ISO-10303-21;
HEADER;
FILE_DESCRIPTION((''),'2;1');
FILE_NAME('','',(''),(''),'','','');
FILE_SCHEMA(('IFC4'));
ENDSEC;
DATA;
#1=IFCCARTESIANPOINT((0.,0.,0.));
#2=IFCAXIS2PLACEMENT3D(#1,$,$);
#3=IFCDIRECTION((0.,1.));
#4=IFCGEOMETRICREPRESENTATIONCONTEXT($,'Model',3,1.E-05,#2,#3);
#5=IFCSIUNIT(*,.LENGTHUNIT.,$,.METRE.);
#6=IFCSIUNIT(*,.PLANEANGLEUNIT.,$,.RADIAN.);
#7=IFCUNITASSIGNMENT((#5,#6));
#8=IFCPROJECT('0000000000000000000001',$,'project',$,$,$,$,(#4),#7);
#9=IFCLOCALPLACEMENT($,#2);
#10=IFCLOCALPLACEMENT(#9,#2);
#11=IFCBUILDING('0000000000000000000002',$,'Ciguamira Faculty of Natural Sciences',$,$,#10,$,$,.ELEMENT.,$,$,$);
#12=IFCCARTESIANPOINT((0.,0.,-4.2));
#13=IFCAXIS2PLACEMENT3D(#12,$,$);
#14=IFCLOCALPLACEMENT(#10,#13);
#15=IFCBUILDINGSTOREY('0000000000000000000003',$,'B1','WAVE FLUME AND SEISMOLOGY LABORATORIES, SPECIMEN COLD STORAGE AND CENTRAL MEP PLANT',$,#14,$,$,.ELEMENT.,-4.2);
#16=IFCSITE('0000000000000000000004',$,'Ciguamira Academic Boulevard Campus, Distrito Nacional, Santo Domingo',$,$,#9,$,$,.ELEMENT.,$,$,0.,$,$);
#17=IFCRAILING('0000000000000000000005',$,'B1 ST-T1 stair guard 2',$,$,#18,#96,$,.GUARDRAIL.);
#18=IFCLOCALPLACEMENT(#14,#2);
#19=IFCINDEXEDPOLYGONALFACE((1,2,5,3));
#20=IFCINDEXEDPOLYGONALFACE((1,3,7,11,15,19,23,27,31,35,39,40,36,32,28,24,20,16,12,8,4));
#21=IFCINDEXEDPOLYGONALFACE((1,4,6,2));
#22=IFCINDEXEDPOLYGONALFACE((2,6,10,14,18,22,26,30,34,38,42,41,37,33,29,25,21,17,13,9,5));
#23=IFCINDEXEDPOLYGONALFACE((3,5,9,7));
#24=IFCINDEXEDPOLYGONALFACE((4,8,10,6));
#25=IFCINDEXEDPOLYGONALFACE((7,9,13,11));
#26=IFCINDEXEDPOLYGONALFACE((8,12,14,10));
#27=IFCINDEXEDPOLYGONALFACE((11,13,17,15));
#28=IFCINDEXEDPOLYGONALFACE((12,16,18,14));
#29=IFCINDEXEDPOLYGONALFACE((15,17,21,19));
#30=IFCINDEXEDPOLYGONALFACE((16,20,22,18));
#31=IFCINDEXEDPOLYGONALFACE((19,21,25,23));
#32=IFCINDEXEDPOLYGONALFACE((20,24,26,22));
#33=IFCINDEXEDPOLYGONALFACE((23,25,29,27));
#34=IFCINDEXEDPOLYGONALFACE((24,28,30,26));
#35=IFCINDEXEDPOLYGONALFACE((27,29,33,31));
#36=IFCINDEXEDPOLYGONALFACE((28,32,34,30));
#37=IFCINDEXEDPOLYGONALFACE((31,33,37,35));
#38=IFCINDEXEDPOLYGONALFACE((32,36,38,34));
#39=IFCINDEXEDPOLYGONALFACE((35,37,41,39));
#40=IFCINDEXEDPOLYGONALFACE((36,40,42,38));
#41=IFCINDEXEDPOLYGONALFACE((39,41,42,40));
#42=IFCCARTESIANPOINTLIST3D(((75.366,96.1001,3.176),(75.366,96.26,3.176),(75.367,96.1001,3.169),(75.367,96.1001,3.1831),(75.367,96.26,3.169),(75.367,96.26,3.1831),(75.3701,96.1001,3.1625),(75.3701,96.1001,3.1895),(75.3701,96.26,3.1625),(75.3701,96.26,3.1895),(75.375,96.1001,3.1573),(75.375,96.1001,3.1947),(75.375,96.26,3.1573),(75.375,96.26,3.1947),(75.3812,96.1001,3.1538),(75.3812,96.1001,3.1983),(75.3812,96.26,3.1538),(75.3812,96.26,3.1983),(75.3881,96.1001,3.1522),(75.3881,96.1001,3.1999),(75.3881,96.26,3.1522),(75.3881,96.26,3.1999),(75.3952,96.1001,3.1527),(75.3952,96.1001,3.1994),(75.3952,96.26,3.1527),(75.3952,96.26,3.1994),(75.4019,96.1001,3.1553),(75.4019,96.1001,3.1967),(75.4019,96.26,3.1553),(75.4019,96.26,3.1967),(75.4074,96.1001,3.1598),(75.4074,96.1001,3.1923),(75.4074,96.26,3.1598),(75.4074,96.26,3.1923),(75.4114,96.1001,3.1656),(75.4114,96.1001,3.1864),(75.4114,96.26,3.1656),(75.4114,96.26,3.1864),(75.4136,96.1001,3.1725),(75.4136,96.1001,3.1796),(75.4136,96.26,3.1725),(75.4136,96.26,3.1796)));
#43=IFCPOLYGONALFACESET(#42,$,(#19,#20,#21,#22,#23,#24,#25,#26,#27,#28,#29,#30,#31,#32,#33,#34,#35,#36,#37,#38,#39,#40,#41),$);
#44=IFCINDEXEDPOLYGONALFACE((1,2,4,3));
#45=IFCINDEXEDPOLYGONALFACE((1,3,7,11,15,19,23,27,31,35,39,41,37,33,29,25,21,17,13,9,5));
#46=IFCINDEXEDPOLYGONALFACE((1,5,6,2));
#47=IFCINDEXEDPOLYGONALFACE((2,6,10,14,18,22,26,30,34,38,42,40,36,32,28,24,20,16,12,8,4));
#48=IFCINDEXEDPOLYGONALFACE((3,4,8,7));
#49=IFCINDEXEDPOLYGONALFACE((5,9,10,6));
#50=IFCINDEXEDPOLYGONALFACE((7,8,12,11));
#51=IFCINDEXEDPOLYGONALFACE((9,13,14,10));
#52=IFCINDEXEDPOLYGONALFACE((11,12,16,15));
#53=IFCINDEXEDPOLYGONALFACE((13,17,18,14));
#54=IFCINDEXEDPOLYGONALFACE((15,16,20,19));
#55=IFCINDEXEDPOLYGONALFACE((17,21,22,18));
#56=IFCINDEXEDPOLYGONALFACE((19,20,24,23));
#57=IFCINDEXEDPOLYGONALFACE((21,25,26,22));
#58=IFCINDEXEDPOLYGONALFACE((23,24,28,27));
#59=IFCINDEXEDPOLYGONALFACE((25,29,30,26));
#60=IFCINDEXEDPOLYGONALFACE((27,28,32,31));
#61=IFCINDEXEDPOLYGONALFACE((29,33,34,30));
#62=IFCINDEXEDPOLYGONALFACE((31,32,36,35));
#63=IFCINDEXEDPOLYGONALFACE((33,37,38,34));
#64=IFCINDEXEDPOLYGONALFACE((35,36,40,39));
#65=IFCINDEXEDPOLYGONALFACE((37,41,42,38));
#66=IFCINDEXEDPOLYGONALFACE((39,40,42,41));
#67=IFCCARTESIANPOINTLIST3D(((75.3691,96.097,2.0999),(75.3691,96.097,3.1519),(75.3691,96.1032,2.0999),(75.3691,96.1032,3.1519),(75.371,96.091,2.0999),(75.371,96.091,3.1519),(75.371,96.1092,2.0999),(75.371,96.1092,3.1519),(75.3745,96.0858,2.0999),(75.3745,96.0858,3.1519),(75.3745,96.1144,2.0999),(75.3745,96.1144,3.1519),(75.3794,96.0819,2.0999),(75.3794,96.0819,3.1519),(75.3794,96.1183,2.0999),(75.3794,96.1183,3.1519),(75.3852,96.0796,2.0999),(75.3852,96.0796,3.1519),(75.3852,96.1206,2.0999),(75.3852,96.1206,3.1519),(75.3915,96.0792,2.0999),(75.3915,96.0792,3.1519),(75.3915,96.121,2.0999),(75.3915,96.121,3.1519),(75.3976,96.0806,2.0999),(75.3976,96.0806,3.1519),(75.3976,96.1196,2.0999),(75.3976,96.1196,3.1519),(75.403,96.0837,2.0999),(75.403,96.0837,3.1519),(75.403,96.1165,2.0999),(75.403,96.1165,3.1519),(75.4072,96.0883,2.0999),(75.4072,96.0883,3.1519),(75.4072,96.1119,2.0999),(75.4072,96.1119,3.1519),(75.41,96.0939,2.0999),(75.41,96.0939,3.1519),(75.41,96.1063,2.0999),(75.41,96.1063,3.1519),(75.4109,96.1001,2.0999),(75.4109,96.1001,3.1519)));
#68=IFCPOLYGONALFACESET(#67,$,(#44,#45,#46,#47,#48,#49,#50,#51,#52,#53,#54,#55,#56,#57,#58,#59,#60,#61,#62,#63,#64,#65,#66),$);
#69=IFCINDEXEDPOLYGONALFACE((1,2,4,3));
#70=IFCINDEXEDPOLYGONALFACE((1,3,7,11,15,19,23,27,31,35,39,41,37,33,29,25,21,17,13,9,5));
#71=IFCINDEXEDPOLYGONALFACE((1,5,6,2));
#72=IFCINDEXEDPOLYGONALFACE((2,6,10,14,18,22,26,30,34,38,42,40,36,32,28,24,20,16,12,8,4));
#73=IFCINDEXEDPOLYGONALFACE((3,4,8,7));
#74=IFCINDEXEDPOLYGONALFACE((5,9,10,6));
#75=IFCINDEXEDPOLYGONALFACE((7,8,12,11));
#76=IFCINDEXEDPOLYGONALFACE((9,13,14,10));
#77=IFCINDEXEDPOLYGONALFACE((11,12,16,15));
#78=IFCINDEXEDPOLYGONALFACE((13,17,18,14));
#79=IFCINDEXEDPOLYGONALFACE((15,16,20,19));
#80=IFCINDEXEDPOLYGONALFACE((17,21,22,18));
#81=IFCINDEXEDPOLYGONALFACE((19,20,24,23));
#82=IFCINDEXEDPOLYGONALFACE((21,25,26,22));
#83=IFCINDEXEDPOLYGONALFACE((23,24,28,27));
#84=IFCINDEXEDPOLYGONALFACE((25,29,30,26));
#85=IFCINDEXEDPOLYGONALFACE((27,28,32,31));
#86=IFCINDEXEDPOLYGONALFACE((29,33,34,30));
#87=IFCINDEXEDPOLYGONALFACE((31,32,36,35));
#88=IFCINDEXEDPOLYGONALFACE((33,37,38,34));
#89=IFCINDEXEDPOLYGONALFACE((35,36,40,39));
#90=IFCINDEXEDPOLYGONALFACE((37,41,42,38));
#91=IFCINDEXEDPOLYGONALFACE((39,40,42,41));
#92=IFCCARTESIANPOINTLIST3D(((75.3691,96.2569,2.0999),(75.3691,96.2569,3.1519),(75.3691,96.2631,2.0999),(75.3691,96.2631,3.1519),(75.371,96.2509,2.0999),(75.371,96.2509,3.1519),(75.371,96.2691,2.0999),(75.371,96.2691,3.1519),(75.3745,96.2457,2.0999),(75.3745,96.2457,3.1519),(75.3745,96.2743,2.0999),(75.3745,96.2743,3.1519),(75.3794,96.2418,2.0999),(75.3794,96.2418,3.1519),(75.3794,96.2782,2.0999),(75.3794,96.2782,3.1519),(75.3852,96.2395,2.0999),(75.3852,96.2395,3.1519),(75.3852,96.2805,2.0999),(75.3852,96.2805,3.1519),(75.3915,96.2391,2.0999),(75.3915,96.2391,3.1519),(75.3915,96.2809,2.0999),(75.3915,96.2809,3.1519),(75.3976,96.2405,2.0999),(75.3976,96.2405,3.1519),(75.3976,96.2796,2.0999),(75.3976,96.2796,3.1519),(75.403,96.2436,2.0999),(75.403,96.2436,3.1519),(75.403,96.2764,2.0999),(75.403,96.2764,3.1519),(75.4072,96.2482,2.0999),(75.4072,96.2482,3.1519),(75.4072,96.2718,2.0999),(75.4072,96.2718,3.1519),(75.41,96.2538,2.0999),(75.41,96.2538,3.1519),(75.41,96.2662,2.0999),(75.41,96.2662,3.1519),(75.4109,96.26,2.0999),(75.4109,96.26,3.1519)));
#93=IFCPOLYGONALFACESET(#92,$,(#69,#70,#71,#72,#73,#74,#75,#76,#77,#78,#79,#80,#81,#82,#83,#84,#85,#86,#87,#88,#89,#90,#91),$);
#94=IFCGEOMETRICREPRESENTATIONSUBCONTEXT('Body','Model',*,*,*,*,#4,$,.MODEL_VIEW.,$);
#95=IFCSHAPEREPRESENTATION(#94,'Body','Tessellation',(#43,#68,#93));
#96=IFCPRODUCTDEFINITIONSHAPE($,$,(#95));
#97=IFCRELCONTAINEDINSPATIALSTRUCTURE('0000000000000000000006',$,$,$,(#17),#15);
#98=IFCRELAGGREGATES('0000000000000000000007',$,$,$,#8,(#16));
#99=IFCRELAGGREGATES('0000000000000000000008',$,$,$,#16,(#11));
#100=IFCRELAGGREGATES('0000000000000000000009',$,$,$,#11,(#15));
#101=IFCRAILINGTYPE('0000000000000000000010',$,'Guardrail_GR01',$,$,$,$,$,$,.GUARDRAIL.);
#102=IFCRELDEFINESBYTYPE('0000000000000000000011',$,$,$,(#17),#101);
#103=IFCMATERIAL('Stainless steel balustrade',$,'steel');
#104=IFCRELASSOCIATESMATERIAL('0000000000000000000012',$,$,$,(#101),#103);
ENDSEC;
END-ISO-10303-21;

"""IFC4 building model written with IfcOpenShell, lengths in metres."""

from ifc_helpers import new_model, si_unit, direction, frame, origin, origin_2d, place, context, subcontext, project, spatial, circle, extrude, material, type_object, element, save


model = new_model("IFC4")

# Units and contexts
model_context = context("Model", 3, precision=1e-05, world=origin(), true_north=direction((0.0, 1.0)))
body_context = subcontext(model_context, "Body", "Model", "MODEL_VIEW")
ifc_project = project(units=[si_unit("LENGTHUNIT", "METRE"), si_unit("PLANEANGLEUNIT", "RADIAN")], contexts=[model_context])

# Site, building, storey
site_placement = place(None, origin())
site = spatial("IfcSite", under=ifc_project, at=site_placement, Name="Ciguamira Academic Boulevard Campus, Distrito Nacional, Santo Domingo", CompositionType="ELEMENT", RefElevation=0.0)
building_placement = place(site_placement, origin())
building = spatial("IfcBuilding", under=site, at=building_placement, Name="Ciguamira Faculty of Natural Sciences", CompositionType="ELEMENT")
storey_placement = place(building_placement, frame((0.0, 0.0, -4.2)))
storey = spatial("IfcBuildingStorey", under=building, at=storey_placement, Name="B1", Description="WAVE FLUME AND SEISMOLOGY LABORATORIES, SPECIMEN COLD STORAGE AND CENTRAL MEP PLANT", CompositionType="ELEMENT", Elevation=-4.2)

# Railing
ifc_material_1 = material(Name="Stainless steel balustrade", Category="steel")
railing_type_1 = type_object("IfcRailingType", Name="Guardrail_GR01", PredefinedType="GUARDRAIL", material=ifc_material_1)
railing_1_placement = place(storey_placement, frame((75.3899, 96.1001, 2.0999)))
element("IfcRailing", 1, at=railing_1_placement, inside=storey, type_object=railing_type_1, Name="B1 ST-T1 stair guard 2", PredefinedType="GUARDRAIL", context=body_context, shape_type="SweptSolid", body=[
    extrude(circle(Radius=0.0239, at=origin_2d()), frame((0.0, 0.0, 1.0762), z_axis=(0.0, 1.0, 0.0), x_axis=(-1.0, 0.0, 0.0)), (0.0, 0.0, 1.0), 0.1599),
    extrude(circle(Radius=0.021, at=origin_2d()), origin(), (0.0, 0.0, 1.0), 1.052),
    extrude(circle(Radius=0.021, at=origin_2d()), frame((0.0, 0.1599, 0.0)), (0.0, 0.0, 1.0), 1.052),
])

save(model, "model.ifc")
